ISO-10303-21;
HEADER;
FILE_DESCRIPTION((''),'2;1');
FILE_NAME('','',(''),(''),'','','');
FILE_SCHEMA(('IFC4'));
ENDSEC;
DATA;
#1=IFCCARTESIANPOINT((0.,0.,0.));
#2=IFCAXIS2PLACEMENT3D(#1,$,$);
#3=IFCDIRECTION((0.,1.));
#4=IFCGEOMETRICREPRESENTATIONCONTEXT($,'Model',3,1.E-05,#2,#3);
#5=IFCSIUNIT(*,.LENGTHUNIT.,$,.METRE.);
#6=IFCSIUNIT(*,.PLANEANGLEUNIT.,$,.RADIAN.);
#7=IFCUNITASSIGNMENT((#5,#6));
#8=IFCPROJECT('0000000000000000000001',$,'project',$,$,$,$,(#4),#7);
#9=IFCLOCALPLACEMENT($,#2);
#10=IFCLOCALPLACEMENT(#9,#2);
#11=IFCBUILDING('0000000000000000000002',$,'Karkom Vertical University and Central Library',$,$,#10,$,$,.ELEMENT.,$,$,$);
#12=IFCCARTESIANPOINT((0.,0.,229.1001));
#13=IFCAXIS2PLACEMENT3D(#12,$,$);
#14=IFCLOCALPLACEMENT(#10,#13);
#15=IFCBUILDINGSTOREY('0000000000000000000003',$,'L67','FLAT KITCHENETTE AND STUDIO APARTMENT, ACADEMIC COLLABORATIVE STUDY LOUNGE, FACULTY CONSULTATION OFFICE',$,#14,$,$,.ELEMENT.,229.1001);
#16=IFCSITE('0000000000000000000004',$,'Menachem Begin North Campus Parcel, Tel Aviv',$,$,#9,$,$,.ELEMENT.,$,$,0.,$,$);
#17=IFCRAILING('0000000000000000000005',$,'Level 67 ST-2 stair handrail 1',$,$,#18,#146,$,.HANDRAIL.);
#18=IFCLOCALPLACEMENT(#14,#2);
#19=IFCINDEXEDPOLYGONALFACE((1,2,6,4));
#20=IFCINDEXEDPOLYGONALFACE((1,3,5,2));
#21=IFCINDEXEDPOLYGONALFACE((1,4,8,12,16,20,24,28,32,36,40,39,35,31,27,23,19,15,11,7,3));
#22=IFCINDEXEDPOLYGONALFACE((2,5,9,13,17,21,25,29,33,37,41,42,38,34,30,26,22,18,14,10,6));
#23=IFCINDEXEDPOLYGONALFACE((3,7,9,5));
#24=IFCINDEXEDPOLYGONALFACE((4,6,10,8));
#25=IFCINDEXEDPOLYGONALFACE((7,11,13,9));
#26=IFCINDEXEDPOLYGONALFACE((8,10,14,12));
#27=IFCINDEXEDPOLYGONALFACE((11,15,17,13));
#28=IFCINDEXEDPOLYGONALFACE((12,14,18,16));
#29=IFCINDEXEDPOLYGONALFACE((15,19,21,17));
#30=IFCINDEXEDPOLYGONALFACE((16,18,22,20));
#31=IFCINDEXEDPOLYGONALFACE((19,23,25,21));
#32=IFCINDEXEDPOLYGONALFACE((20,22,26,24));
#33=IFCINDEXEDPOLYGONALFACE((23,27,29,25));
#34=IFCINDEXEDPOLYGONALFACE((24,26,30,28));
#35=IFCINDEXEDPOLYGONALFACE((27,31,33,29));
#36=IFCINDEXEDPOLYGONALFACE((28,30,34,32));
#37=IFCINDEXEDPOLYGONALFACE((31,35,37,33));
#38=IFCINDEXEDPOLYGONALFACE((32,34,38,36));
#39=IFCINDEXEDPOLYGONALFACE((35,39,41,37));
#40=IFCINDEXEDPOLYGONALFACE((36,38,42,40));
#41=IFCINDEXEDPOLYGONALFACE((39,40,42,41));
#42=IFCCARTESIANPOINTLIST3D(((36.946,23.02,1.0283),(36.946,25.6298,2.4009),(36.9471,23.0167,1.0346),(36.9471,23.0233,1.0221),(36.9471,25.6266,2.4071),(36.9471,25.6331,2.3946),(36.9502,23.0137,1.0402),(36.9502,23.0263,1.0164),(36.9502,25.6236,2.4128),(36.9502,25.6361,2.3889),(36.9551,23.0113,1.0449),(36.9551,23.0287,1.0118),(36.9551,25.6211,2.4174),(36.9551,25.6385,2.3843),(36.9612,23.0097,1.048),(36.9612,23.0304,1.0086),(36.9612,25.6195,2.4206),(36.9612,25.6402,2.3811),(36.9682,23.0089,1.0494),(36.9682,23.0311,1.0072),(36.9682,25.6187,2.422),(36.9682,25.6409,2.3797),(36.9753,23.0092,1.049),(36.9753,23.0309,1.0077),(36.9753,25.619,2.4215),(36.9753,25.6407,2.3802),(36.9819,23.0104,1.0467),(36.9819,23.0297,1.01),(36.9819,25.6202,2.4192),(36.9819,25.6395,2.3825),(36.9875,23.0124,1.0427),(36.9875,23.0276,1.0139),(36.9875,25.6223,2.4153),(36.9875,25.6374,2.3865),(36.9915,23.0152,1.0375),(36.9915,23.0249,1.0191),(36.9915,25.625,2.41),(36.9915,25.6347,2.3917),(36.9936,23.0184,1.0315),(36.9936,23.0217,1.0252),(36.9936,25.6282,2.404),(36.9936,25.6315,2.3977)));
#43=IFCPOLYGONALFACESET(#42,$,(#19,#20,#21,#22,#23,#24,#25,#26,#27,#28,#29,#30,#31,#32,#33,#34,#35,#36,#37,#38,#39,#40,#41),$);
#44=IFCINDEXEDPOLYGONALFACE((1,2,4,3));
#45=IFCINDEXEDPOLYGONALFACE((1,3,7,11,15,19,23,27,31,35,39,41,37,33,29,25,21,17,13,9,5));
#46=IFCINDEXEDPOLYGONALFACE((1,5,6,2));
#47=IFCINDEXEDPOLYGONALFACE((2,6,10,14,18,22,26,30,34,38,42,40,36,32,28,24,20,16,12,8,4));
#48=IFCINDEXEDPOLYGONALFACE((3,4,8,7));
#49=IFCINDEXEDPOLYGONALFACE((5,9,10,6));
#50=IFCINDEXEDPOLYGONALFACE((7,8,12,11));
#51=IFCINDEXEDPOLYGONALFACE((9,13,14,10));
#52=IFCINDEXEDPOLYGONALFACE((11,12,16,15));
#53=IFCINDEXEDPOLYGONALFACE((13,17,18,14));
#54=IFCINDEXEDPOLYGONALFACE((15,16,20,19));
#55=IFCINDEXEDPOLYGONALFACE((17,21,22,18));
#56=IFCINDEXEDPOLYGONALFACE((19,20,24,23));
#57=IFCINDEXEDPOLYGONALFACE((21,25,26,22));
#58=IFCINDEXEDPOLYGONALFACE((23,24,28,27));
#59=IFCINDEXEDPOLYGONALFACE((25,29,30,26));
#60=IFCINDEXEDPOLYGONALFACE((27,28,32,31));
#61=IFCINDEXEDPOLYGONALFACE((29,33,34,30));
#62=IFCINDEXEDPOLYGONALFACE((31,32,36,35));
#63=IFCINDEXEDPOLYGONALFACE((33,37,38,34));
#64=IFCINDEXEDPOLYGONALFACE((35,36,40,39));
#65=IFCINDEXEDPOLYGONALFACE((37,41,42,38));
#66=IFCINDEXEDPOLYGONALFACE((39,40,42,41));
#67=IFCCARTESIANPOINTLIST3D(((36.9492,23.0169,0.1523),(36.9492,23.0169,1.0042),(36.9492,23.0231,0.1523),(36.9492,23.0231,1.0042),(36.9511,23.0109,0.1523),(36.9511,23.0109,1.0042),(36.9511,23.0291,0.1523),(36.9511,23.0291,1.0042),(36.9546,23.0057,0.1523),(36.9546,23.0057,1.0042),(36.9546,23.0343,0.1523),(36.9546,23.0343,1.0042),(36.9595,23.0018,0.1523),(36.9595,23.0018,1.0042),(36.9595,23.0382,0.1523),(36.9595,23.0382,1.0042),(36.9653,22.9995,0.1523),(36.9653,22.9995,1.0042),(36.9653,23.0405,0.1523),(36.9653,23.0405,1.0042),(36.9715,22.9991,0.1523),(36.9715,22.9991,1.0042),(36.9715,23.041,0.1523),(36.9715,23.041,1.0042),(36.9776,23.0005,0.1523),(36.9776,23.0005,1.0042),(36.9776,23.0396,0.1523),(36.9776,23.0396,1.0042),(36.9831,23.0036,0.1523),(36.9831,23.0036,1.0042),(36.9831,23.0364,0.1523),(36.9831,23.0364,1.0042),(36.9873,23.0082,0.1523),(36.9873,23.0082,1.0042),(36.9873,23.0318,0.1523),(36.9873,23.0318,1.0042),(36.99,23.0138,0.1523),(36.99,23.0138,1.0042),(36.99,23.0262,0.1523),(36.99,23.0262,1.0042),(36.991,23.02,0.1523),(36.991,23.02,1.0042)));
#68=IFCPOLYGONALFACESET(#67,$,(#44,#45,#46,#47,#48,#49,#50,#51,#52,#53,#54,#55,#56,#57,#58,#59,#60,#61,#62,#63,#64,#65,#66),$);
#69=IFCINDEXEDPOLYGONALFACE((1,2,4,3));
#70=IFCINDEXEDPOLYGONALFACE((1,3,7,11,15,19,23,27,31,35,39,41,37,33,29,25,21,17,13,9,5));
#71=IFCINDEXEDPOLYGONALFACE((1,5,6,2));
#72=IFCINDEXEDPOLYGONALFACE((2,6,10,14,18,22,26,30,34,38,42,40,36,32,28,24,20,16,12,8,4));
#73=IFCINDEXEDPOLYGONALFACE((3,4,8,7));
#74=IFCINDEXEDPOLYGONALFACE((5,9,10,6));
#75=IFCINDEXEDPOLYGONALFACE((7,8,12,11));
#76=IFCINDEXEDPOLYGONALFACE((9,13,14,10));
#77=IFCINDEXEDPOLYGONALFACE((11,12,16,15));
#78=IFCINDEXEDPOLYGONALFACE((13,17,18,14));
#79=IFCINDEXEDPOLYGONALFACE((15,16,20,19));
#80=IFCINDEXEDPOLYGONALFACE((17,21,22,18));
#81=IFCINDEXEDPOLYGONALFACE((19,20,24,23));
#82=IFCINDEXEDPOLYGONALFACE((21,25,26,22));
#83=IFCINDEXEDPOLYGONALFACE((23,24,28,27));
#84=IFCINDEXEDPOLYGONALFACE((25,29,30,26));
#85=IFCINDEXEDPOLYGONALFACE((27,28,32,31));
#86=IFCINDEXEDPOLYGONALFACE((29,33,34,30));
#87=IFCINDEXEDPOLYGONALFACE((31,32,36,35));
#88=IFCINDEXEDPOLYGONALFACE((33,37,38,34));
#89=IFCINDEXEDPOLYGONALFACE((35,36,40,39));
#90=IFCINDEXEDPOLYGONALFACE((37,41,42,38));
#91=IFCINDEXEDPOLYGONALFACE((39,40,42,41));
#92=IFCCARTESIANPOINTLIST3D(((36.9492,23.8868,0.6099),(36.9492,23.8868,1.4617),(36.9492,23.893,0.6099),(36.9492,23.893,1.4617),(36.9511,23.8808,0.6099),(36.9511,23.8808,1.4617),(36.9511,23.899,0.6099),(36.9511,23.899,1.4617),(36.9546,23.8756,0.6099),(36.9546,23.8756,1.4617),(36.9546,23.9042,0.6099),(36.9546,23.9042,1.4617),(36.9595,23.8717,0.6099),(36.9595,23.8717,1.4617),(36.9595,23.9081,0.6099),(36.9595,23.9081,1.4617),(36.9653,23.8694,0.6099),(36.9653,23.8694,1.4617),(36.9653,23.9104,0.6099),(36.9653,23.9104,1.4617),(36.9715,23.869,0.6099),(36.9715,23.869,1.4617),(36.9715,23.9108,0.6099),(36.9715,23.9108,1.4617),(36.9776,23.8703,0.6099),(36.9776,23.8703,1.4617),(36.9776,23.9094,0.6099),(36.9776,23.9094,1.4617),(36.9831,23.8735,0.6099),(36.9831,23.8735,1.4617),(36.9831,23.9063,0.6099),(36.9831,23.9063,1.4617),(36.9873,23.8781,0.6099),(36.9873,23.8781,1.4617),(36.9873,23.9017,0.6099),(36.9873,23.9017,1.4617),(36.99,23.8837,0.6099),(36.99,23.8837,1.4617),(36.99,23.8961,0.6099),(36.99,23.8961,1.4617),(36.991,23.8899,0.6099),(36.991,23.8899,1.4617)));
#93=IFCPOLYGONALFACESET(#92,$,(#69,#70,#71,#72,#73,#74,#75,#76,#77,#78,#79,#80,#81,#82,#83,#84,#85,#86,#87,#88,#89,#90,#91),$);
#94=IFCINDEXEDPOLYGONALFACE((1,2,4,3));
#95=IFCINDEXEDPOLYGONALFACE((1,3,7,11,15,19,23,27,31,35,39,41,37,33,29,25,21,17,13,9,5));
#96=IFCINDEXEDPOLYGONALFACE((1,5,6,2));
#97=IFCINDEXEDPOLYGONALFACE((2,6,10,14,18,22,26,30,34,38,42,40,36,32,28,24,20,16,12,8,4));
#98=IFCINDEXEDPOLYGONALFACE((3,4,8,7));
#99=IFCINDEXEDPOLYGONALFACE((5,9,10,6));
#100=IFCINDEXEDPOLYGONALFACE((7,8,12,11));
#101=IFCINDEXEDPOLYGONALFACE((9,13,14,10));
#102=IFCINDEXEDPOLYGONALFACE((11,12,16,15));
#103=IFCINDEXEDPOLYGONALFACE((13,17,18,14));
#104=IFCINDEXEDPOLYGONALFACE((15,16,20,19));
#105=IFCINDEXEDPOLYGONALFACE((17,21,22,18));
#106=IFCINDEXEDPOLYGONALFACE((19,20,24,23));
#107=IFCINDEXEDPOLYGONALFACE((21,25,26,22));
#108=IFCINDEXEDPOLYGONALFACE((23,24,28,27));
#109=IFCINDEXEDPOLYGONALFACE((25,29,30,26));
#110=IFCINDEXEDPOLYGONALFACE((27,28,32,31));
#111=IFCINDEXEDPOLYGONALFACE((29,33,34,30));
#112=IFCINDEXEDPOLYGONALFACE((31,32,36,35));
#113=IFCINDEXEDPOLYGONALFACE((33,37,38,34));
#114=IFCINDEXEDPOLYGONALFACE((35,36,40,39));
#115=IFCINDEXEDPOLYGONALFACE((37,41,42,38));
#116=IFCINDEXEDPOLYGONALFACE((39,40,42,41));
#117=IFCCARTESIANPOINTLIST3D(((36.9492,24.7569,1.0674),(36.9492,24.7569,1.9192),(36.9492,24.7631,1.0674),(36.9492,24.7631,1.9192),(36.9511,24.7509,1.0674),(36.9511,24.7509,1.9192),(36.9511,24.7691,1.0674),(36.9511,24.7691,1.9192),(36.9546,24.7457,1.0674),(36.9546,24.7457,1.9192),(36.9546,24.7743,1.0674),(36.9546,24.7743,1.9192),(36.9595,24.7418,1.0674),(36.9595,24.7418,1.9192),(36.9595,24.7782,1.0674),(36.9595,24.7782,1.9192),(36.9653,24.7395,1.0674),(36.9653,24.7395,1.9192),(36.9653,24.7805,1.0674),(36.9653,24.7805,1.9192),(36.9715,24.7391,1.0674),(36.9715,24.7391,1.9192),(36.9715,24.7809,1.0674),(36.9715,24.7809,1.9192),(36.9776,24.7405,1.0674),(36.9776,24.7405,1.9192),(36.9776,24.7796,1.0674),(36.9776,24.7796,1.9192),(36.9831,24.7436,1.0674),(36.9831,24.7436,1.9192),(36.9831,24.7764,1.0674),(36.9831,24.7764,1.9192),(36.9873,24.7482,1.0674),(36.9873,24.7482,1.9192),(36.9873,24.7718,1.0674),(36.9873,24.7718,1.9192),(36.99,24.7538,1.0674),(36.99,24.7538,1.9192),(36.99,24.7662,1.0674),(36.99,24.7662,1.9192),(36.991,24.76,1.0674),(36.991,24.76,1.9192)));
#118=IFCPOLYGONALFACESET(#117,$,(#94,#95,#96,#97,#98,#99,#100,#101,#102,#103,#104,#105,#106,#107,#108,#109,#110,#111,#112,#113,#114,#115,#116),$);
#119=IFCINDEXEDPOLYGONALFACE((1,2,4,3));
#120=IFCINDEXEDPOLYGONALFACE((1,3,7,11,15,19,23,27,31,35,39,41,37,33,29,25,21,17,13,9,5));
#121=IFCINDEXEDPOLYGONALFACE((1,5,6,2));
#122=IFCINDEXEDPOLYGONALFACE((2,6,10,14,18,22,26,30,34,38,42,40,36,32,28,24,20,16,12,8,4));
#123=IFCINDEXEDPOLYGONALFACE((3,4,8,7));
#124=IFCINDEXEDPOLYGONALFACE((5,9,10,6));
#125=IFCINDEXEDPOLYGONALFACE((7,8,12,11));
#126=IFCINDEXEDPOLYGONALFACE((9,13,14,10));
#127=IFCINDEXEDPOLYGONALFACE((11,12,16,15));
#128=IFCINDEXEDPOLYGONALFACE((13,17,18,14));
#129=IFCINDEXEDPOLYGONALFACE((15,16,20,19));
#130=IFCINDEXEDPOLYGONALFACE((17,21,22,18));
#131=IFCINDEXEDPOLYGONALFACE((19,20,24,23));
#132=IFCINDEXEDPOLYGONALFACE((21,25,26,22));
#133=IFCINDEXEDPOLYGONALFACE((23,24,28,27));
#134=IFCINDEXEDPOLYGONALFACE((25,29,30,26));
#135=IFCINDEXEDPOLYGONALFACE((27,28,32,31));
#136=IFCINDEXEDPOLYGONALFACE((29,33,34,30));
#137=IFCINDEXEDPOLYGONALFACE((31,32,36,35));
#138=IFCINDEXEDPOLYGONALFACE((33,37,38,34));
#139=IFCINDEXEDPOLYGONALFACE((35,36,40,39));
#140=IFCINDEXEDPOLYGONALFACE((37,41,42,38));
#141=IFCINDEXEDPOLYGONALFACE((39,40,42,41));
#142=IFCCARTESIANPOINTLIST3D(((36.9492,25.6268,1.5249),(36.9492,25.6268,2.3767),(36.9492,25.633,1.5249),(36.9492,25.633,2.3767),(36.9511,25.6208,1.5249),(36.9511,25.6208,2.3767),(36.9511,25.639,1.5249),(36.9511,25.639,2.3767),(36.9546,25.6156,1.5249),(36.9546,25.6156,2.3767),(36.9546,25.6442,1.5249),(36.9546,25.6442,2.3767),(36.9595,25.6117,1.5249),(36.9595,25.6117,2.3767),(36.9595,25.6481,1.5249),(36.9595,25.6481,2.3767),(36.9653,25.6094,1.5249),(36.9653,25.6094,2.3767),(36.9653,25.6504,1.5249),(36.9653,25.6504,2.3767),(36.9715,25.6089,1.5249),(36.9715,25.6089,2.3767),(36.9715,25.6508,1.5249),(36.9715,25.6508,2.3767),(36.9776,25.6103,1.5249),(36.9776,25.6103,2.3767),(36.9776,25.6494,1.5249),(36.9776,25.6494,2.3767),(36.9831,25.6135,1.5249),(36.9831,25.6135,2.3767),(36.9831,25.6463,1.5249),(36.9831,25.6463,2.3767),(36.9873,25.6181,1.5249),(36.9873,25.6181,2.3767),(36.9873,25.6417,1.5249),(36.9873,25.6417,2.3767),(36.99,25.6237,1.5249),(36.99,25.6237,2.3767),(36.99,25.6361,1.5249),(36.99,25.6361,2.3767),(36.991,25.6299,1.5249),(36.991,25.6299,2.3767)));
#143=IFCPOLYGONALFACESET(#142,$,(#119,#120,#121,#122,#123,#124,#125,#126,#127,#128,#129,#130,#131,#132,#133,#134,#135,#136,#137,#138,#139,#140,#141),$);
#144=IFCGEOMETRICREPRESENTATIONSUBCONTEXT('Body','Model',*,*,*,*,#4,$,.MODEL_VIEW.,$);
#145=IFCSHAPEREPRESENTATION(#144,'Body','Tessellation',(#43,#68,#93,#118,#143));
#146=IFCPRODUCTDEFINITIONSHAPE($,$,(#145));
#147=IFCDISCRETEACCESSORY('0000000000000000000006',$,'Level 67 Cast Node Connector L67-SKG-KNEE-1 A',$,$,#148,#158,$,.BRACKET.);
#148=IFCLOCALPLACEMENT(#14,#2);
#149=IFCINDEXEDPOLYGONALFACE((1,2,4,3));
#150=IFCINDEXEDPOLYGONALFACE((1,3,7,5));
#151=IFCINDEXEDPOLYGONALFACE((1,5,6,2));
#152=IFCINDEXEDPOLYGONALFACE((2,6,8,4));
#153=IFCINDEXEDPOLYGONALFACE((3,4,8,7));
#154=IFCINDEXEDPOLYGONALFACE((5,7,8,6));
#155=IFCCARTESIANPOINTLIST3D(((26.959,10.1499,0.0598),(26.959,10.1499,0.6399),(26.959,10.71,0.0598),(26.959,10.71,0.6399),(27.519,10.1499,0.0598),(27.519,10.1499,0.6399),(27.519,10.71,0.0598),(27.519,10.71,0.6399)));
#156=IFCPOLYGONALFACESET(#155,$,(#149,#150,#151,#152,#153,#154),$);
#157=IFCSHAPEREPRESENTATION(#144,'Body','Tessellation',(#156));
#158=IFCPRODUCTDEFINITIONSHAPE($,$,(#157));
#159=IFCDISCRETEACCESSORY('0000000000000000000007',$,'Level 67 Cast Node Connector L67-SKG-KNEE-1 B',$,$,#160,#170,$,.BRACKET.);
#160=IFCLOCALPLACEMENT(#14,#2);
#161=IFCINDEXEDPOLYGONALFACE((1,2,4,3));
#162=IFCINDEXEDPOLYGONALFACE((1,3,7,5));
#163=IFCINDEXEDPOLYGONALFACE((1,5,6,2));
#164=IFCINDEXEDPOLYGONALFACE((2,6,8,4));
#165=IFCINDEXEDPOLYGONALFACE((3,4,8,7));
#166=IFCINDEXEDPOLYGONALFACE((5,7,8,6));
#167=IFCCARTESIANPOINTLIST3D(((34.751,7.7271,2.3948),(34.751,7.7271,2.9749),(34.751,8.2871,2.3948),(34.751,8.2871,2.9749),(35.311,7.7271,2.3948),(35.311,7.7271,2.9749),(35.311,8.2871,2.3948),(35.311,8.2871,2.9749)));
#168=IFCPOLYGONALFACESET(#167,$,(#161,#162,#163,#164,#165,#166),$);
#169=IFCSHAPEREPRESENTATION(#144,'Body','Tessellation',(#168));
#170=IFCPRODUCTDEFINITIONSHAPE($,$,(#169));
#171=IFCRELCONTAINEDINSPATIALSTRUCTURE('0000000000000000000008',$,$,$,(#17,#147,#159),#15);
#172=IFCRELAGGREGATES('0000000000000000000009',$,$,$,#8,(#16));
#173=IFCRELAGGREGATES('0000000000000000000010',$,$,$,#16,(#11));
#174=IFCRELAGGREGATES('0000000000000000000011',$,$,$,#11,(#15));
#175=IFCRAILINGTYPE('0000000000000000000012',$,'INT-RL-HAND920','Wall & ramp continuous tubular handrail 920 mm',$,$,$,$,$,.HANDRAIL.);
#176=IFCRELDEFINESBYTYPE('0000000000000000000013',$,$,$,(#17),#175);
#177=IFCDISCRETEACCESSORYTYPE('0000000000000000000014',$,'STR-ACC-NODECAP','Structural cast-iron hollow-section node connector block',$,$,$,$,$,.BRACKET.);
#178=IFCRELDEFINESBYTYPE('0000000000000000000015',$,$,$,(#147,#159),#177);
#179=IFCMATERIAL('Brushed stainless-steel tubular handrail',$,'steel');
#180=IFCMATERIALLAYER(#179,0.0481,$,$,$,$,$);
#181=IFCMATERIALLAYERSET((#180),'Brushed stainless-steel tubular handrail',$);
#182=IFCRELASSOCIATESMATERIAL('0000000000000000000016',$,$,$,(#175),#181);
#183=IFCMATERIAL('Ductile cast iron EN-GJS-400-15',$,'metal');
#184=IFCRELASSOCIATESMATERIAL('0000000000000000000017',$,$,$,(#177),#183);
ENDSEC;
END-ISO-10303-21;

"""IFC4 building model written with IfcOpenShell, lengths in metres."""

from ifc_helpers import new_model, si_unit, direction, frame, origin, origin_with_axes, origin_2d, place, context, subcontext, project, spatial, rectangle, circle, extrude, source, transform, mapped, material, layer, layer_set, type_object, element, save


model = new_model("IFC4")

# Units and contexts
model_context = context("Model", 3, precision=1e-05, world=origin(), true_north=direction((0.0, 1.0)))
body_context = subcontext(model_context, "Body", "Model", "MODEL_VIEW")
ifc_project = project(units=[si_unit("LENGTHUNIT", "METRE"), si_unit("PLANEANGLEUNIT", "RADIAN")], contexts=[model_context])

# Site, building, storey
site_placement = place(None, origin())
site = spatial("IfcSite", under=ifc_project, at=site_placement, Name="Menachem Begin North Campus Parcel, Tel Aviv", CompositionType="ELEMENT", RefElevation=0.0)
building_placement = place(site_placement, origin())
building = spatial("IfcBuilding", under=site, at=building_placement, Name="Karkom Vertical University and Central Library", CompositionType="ELEMENT")
storey_placement = place(building_placement, frame((0.0, 0.0, 229.1001)))
storey = spatial("IfcBuildingStorey", under=building, at=storey_placement, Name="L67", Description="FLAT KITCHENETTE AND STUDIO APARTMENT, ACADEMIC COLLABORATIVE STUDY LOUNGE, FACULTY CONSULTATION OFFICE", CompositionType="ELEMENT", Elevation=229.1001)

# Railing
ifc_material_1 = material(Name="Brushed stainless-steel tubular handrail", Category="steel")
ifc_layer_1 = layer(ifc_material_1, 0.0481)
ifc_layer_set_1 = layer_set([ifc_layer_1], Name="Brushed stainless-steel tubular handrail")
railing_type_1 = type_object("IfcRailingType", Name="INT-RL-HAND920", Description="Wall & ramp continuous tubular handrail 920 mm", PredefinedType="HANDRAIL", material=ifc_layer_set_1)
railing_1_placement = place(storey_placement, frame((36.97, 23.02, 0.1523)))
element("IfcRailing", 1, at=railing_1_placement, inside=storey, type_object=railing_type_1, Name="Level 67 ST-2 stair handrail 1", PredefinedType="HANDRAIL", context=body_context, shape_type="SweptSolid", body=[
    extrude(circle(Radius=0.0239, at=origin_2d()), frame((0.0, 0.0, 0.876), z_axis=(0.0, 0.885065, 0.465467), x_axis=(-1.0, 0.0, 0.0)), (0.0, 0.0, 1.0), 2.9487),
    extrude(circle(Radius=0.021, at=origin_2d()), origin(), (0.0, 0.0, 1.0), 0.8518),
    extrude(circle(Radius=0.021, at=origin_2d()), frame((0.0, 0.8699, 0.4575)), (0.0, 0.0, 1.0), 0.8518),
    extrude(circle(Radius=0.021, at=origin_2d()), frame((0.0, 1.74, 0.915)), (0.0, 0.0, 1.0), 0.8518),
    extrude(circle(Radius=0.021, at=origin_2d()), frame((0.0, 2.6099, 1.3726)), (0.0, 0.0, 1.0), 0.8518),
])

# Discrete accessories
ifc_material_2 = material(Name="Ductile cast iron EN-GJS-400-15", Category="metal")
discrete_accessory_type = type_object("IfcDiscreteAccessoryType", Name="STR-ACC-NODECAP", Description="Structural cast-iron hollow-section node connector block", PredefinedType="BRACKET", material=ifc_material_2)
shared_shape_1 = source(origin_with_axes(), body_context, "Body", "SweptSolid", [
    extrude(rectangle(XDim=0.5601, YDim=0.5601, at=origin_2d()), origin(), (0.0, 0.0, 1.0), 0.5801),
])
for number, where, z_axis, x_axis, name in (
    (2, (27.239, 10.4299, 0.0598), (0.0, 0.0, 1.0), (1.0, 0.0, 0.0), "Level 67 Cast Node Connector L67-SKG-KNEE-1 A"),
    (3, (35.031, 8.0071, 2.3948), (0.0, 0.0, 1.0), (1.0, 0.0, 0.0), "Level 67 Cast Node Connector L67-SKG-KNEE-1 B"),
):
    element("IfcDiscreteAccessory", number, at=place(storey_placement, frame(where, z_axis=z_axis, x_axis=x_axis)), inside=storey, type_object=discrete_accessory_type, Name=name, PredefinedType="BRACKET", context=body_context, shape_type="MappedRepresentation", body=[
        mapped(shared_shape_1, transform((0.0, 0.0, 0.0), scale=1.0)),
    ])

save(model, "model.ifc")
